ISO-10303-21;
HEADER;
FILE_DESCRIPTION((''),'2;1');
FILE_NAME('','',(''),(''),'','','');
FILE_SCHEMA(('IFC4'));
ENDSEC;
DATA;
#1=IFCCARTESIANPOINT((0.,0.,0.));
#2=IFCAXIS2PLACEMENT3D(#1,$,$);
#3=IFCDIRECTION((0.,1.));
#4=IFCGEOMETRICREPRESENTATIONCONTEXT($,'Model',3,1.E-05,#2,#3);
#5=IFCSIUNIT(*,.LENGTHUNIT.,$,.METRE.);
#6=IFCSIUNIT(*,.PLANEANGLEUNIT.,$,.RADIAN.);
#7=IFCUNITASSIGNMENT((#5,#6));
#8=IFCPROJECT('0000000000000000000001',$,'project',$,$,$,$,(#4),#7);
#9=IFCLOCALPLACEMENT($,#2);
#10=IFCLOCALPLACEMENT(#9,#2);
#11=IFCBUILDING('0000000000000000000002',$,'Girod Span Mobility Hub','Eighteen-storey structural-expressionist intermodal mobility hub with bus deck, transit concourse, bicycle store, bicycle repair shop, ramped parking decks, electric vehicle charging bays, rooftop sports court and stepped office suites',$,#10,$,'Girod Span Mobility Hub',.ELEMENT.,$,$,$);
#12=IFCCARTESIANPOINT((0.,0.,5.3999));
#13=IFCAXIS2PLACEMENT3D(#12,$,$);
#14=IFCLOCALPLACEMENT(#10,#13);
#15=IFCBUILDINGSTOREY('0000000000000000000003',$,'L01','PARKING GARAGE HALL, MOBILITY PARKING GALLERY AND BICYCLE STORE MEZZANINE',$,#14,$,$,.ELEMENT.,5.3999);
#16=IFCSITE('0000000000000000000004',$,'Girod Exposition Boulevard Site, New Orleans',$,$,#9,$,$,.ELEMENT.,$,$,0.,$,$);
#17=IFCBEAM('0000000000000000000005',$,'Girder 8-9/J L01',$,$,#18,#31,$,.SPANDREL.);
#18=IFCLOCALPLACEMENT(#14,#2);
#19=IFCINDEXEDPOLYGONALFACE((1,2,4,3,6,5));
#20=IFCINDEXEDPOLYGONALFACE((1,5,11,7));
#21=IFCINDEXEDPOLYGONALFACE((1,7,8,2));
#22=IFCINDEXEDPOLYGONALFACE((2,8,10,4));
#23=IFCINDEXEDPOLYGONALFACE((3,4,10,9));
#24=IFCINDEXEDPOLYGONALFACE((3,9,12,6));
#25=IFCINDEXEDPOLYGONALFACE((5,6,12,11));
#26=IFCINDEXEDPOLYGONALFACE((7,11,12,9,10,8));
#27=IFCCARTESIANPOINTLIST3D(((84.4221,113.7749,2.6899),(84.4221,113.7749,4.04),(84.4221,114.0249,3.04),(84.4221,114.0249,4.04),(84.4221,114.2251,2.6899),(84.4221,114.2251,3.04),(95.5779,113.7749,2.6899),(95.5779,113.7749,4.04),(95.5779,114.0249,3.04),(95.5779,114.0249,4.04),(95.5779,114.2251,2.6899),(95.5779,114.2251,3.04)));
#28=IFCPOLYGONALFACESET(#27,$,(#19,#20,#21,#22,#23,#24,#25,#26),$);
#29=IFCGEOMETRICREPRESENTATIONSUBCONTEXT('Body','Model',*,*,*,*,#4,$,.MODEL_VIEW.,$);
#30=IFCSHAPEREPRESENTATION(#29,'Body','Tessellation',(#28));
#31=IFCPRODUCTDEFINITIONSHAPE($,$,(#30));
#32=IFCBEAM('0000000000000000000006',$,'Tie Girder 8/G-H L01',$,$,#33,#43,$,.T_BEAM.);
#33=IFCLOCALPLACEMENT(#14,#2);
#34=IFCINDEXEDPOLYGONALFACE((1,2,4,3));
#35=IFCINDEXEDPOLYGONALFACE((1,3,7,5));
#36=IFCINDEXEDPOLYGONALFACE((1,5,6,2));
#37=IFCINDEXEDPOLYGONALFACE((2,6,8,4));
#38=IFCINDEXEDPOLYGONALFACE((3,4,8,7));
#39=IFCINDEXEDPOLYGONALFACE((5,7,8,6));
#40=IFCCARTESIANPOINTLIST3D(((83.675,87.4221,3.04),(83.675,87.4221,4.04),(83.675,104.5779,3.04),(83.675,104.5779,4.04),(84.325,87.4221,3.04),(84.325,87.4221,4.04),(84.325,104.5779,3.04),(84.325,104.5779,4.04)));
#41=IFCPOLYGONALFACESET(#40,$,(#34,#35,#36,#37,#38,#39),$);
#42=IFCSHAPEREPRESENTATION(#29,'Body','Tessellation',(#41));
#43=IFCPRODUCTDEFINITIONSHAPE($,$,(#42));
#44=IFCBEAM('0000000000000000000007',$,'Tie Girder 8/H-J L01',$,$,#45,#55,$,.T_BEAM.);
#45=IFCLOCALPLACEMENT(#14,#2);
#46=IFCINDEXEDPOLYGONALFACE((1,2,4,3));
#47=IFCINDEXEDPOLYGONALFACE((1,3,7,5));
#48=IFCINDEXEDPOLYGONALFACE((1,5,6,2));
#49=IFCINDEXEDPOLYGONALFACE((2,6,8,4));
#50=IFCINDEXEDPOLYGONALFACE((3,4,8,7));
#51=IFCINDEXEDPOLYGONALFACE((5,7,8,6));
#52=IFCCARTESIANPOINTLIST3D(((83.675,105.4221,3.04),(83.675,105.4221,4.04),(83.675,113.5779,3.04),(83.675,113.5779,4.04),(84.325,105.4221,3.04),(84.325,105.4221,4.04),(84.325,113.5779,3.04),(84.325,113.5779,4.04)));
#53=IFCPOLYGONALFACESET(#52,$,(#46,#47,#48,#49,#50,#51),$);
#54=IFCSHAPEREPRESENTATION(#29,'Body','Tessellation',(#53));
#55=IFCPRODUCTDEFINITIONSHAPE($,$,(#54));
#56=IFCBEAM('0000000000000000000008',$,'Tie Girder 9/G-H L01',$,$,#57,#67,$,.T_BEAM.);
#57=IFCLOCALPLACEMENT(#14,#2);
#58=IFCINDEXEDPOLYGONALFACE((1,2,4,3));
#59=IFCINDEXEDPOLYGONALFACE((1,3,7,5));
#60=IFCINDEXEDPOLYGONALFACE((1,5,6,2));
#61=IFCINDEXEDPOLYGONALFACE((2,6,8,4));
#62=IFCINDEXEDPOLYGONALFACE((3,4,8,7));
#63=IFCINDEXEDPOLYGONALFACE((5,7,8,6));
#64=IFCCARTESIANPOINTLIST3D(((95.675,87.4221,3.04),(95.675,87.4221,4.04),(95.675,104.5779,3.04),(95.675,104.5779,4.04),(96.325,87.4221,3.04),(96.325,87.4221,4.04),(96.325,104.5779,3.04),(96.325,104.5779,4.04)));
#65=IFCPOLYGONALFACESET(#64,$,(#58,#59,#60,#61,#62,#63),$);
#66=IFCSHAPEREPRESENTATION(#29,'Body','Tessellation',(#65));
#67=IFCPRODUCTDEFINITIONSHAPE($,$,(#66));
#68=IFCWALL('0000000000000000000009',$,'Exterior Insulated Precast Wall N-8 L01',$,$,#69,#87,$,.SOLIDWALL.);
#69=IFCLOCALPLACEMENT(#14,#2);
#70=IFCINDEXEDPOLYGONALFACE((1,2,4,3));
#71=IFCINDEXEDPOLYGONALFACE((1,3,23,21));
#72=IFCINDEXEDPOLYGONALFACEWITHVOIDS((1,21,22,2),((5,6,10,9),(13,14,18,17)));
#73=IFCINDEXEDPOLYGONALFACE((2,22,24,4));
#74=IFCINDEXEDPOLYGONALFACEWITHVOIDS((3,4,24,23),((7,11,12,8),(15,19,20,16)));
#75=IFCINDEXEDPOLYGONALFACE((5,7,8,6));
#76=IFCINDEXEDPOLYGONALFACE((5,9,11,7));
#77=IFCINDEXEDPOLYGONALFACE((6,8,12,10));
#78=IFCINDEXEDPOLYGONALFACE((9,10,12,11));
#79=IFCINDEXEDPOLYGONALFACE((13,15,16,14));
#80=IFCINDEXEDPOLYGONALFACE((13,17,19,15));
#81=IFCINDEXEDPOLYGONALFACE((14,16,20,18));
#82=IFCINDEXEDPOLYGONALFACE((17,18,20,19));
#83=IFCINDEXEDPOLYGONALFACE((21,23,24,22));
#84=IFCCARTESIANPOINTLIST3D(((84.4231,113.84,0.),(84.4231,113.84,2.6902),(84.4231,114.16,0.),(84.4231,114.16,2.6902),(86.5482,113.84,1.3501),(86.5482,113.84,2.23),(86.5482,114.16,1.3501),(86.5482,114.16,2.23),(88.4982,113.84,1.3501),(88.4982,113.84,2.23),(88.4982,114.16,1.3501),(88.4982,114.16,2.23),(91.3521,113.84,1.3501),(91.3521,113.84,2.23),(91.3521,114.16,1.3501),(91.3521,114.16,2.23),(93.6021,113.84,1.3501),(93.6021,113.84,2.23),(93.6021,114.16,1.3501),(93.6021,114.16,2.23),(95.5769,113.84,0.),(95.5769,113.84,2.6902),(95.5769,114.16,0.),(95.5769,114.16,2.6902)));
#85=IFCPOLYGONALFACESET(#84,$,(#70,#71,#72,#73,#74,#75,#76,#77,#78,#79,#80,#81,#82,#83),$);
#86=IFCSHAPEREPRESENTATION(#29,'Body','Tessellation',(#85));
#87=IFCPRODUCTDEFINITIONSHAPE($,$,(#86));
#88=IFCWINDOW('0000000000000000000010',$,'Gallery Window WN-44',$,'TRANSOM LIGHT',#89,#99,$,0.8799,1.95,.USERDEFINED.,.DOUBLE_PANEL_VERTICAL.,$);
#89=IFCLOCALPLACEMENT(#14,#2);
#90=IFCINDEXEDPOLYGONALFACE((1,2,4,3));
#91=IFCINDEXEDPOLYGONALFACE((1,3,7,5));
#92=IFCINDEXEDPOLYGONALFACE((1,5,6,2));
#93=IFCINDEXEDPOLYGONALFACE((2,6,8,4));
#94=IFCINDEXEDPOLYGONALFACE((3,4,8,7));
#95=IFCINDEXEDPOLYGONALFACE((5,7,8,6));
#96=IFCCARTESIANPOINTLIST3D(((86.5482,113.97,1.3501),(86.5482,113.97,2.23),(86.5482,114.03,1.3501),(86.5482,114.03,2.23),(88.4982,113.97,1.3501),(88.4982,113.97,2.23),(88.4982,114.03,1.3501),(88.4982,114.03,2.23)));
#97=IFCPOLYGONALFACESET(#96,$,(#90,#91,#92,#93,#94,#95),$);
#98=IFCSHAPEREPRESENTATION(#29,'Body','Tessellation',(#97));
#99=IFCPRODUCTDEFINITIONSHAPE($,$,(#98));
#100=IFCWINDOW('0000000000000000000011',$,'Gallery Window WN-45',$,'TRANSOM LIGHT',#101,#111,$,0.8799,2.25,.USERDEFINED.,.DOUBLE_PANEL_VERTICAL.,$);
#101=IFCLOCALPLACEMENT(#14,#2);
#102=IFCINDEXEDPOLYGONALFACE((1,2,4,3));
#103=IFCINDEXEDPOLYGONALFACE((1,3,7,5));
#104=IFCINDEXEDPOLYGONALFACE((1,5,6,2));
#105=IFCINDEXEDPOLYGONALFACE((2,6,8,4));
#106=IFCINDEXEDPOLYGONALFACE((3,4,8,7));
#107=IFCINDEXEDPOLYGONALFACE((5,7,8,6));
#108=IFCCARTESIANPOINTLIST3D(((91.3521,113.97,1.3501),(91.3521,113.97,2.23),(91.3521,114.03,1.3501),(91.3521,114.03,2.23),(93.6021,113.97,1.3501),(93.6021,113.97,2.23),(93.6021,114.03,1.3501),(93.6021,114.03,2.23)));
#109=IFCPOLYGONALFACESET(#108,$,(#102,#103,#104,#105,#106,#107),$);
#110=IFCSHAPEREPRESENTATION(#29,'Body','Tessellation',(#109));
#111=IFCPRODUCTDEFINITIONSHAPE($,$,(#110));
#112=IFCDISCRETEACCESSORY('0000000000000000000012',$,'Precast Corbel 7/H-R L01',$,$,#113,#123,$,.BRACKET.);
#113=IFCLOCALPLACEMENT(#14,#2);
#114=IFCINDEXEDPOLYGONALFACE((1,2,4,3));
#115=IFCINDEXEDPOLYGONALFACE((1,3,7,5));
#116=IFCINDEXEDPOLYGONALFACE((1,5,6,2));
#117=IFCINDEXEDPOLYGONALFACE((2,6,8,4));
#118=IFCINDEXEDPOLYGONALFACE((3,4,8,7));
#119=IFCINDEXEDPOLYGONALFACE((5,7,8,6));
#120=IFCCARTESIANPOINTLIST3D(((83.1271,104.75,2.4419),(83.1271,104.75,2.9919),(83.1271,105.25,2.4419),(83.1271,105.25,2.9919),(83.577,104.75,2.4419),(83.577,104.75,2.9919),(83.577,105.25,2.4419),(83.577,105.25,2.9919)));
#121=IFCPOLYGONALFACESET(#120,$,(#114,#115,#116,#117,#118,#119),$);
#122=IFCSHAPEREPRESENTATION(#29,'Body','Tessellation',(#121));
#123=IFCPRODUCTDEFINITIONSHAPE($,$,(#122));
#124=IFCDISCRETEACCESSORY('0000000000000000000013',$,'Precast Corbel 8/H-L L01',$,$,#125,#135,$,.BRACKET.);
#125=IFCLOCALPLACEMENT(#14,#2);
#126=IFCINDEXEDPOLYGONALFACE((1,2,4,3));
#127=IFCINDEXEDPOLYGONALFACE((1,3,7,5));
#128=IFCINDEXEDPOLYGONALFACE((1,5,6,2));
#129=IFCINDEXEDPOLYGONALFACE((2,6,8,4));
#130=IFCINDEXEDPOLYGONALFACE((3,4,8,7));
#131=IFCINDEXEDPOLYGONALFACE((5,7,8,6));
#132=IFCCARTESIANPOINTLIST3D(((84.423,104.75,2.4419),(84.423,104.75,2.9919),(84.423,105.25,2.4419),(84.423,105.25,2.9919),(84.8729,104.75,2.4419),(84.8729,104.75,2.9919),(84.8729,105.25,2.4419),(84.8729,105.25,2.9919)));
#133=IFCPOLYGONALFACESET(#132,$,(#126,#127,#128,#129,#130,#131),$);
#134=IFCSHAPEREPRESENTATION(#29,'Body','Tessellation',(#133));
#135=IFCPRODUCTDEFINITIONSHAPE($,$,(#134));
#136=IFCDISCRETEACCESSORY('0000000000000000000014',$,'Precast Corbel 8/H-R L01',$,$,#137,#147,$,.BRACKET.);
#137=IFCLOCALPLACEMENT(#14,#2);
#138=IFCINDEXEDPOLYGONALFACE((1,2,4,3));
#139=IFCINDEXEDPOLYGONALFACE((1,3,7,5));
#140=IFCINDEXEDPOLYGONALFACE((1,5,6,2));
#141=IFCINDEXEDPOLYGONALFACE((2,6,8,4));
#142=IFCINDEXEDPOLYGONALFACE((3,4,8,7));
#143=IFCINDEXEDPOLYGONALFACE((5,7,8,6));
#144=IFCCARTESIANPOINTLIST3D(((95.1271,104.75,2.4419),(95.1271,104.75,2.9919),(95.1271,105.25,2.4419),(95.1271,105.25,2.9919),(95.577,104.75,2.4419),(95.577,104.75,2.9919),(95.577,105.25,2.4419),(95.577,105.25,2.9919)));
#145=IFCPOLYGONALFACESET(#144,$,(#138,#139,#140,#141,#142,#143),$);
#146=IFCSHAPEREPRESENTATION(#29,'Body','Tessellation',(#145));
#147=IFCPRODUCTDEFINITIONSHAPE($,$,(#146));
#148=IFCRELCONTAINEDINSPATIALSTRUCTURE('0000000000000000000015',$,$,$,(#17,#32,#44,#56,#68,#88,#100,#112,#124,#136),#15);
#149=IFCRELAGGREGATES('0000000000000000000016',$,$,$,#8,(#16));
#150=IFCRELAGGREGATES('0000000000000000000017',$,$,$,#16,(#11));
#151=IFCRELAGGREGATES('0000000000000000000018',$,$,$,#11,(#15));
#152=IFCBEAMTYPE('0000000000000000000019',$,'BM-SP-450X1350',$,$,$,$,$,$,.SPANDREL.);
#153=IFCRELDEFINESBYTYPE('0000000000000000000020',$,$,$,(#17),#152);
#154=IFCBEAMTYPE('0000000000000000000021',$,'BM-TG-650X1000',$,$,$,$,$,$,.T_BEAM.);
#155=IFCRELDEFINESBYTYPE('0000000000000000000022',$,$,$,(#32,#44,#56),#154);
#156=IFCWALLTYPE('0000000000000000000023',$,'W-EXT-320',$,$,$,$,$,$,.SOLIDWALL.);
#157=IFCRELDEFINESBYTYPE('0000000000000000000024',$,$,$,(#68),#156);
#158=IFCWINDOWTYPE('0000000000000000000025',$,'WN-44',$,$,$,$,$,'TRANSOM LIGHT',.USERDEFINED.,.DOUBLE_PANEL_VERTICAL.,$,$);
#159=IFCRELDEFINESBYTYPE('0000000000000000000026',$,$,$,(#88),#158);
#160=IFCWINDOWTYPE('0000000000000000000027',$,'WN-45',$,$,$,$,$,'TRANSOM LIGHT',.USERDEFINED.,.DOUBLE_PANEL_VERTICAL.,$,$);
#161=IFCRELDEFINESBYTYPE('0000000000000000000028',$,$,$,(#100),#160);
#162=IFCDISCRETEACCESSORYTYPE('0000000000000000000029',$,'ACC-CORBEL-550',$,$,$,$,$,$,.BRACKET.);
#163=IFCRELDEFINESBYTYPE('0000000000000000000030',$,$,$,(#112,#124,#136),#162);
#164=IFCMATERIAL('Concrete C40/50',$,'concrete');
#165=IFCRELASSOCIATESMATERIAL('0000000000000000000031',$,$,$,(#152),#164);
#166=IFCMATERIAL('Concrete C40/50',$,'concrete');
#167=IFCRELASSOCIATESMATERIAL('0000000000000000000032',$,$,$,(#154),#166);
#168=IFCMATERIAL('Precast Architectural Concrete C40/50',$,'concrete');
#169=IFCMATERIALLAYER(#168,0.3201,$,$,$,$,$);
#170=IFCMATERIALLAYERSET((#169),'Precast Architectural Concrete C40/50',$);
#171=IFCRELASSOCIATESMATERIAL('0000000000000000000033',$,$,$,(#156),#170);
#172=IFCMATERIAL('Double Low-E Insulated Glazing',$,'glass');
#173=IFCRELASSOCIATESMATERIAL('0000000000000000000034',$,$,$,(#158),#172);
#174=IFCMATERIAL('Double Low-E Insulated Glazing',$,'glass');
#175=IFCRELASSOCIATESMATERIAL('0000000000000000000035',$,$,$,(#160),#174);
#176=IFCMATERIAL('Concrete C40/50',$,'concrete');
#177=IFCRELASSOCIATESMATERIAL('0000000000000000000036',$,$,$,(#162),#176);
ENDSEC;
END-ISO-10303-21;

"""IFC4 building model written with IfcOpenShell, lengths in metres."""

from ifc_helpers import new_model, si_unit, direction, frame, frame_2d, origin, origin_2d, place, context, subcontext, project, spatial, polyline, rectangle, outline, extrude, material, layer, layer_set, material_profile, profile_set, type_object, element, fill, save


model = new_model("IFC4")

# Units and contexts
model_context = context("Model", 3, precision=1e-05, world=origin(), true_north=direction((0.0, 1.0)))
body_context = subcontext(model_context, "Body", "Model", "MODEL_VIEW")
ifc_project = project(units=[si_unit("LENGTHUNIT", "METRE"), si_unit("PLANEANGLEUNIT", "RADIAN")], contexts=[model_context])

# Site, building, storey
site_placement = place(None, origin())
site = spatial("IfcSite", under=ifc_project, at=site_placement, Name="Girod Exposition Boulevard Site, New Orleans", CompositionType="ELEMENT", RefElevation=0.0)
building_placement = place(site_placement, origin())
building = spatial("IfcBuilding", under=site, at=building_placement, Name="Girod Span Mobility Hub", Description="Eighteen-storey structural-expressionist intermodal mobility hub with bus deck, transit concourse, bicycle store, bicycle repair shop, ramped parking decks, electric vehicle charging bays, rooftop sports court and stepped office suites", LongName="Girod Span Mobility Hub", CompositionType="ELEMENT")
storey_placement = place(building_placement, frame((0.0, 0.0, 5.3999)))
storey = spatial("IfcBuildingStorey", under=building, at=storey_placement, Name="L01", Description="PARKING GARAGE HALL, MOBILITY PARKING GALLERY AND BICYCLE STORE MEZZANINE", CompositionType="ELEMENT", Elevation=5.3999)

# Beams
ifc_material_1 = material(Name="Concrete C40/50", Category="concrete")
ifc_material_profile_1 = material_profile(ifc_material_1, outline(polyline([(-0.2251, -0.675), (0.2251, -0.675), (0.2251, -0.325), (0.0249, -0.325), (0.0249, 0.675), (-0.2251, 0.675), (-0.2251, -0.675)])), Name="SP-450X1350")
ifc_profile_set_1 = profile_set([ifc_material_profile_1], Name="Concrete C40/50")
beam_type_1 = type_object("IfcBeamType", Name="BM-SP-450X1350", PredefinedType="SPANDREL", material=ifc_profile_set_1)
beam_1_placement = place(storey_placement, frame((84.4221, 114.0, 3.365), z_axis=(1.0, 0.0, 0.0), x_axis=(0.0, 1.0, 0.0)))
element("IfcBeam", 1, at=beam_1_placement, inside=storey, type_object=beam_type_1, Name="Girder 8-9/J L01", PredefinedType="SPANDREL", context=body_context, shape_type="SweptSolid", body=[
    extrude(outline(polyline([(-0.2251, -0.675), (0.2251, -0.675), (0.2251, -0.325), (0.0249, -0.325), (0.0249, 0.675), (-0.2251, 0.675), (-0.2251, -0.675)])), origin(), (0.0, 0.0, 1.0), 11.1558),
])
ifc_material_2 = material(Name="Concrete C40/50", Category="concrete")
ifc_material_profile_2 = material_profile(ifc_material_2, rectangle(XDim=0.6499, YDim=1.0, at=origin_2d()), Name="TG-650X1000")
ifc_profile_set_2 = profile_set([ifc_material_profile_2], Name="Concrete C40/50")
beam_type_2 = type_object("IfcBeamType", Name="BM-TG-650X1000", PredefinedType="T_BEAM", material=ifc_profile_set_2)
beam_2_placement = place(storey_placement, frame((84.0, 87.4221, 3.54), z_axis=(0.0, 1.0, 0.0), x_axis=(-1.0, 0.0, 0.0)))
element("IfcBeam", 2, at=beam_2_placement, inside=storey, type_object=beam_type_2, Name="Tie Girder 8/G-H L01", PredefinedType="T_BEAM", context=body_context, shape_type="SweptSolid", body=[
    extrude(rectangle(XDim=0.6499, YDim=1.0, at=origin_2d()), origin(), (0.0, 0.0, 1.0), 17.1558),
])
beam_3_placement = place(storey_placement, frame((84.0, 105.4221, 3.54), z_axis=(0.0, 1.0, 0.0), x_axis=(-1.0, 0.0, 0.0)))
element("IfcBeam", 3, at=beam_3_placement, inside=storey, type_object=beam_type_2, Name="Tie Girder 8/H-J L01", PredefinedType="T_BEAM", context=body_context, shape_type="SweptSolid", body=[
    extrude(rectangle(XDim=0.6499, YDim=1.0, at=origin_2d()), origin(), (0.0, 0.0, 1.0), 8.1558),
])
beam_4_placement = place(storey_placement, frame((96.0, 87.4221, 3.54), z_axis=(0.0, 1.0, 0.0), x_axis=(-1.0, 0.0, 0.0)))
element("IfcBeam", 4, at=beam_4_placement, inside=storey, type_object=beam_type_2, Name="Tie Girder 9/G-H L01", PredefinedType="T_BEAM", context=body_context, shape_type="SweptSolid", body=[
    extrude(rectangle(XDim=0.6499, YDim=1.0, at=origin_2d()), origin(), (0.0, 0.0, 1.0), 17.1558),
])

# Wall, openings, windows
ifc_material_3 = material(Name="Precast Architectural Concrete C40/50", Category="concrete")
ifc_layer = layer(ifc_material_3, 0.3201)
ifc_layer_set = layer_set([ifc_layer], Name="Precast Architectural Concrete C40/50")
wall_type = type_object("IfcWallType", Name="W-EXT-320", PredefinedType="SOLIDWALL", material=ifc_layer_set)
wall_placement = place(storey_placement, frame((84.4231, 114.0, 0.0), z_axis=(0.0, 0.0, 1.0), x_axis=(1.0, 0.0, 0.0)))
wall = element("IfcWall", 5, at=wall_placement, inside=storey, type_object=wall_type, Name="Exterior Insulated Precast Wall N-8 L01", PredefinedType="SOLIDWALL", context=body_context, shape_type="SweptSolid", body=[
    extrude(rectangle(XDim=11.1538, YDim=0.3201, at=frame_2d((5.5769, 0.0))), origin(), (0.0, 0.0, 1.0), 2.6902),
])
opening_1_placement = place(wall_placement, frame((2.125, 0.0, 1.3501)))
opening_1 = element("IfcOpeningElement", 6, at=opening_1_placement, cuts=wall, PredefinedType="OPENING", context=body_context, shape_type="SweptSolid", body=[
    extrude(rectangle(XDim=1.95, YDim=0.8799, at=frame_2d((0.9751, 0.4399))), frame((0.0, 0.175, 0.0), z_axis=(0.0, -1.0, 0.0), x_axis=(1.0, 0.0, 0.0)), (0.0, 0.0, 1.0), 0.3501),
])
opening_2_placement = place(wall_placement, frame((6.929, 0.0, 1.3501)))
opening_2 = element("IfcOpeningElement", 7, at=opening_2_placement, cuts=wall, PredefinedType="OPENING", context=body_context, shape_type="SweptSolid", body=[
    extrude(rectangle(XDim=2.25, YDim=0.8799, at=frame_2d((1.125, 0.4399))), frame((0.0, 0.175, 0.0), z_axis=(0.0, -1.0, 0.0), x_axis=(1.0, 0.0, 0.0)), (0.0, 0.0, 1.0), 0.3501),
])
ifc_material_4 = material(Name="Double Low-E Insulated Glazing", Category="glass")
window_type_1 = type_object("IfcWindowType", Name="WN-44", ElementType="TRANSOM LIGHT", PartitioningType="DOUBLE_PANEL_VERTICAL", PredefinedType="USERDEFINED", material=ifc_material_4)
window_1_placement = place(opening_1_placement, origin())
window_1 = element("IfcWindow", 8, at=window_1_placement, inside=storey, type_object=window_type_1, Name="Gallery Window WN-44", ObjectType="TRANSOM LIGHT", OverallHeight=0.8799, OverallWidth=1.95, PartitioningType="DOUBLE_PANEL_VERTICAL", PredefinedType="USERDEFINED", context=body_context, shape_type="SweptSolid", body=[
    extrude(rectangle(XDim=1.95, YDim=0.8799, at=frame_2d((0.9751, 0.4399))), frame((0.0, 0.03, 0.0), z_axis=(0.0, -1.0, 0.0), x_axis=(1.0, 0.0, 0.0)), (0.0, 0.0, 1.0), 0.0601),
])
fill(opening_1, window_1)
ifc_material_5 = material(Name="Double Low-E Insulated Glazing", Category="glass")
window_type_2 = type_object("IfcWindowType", Name="WN-45", ElementType="TRANSOM LIGHT", PartitioningType="DOUBLE_PANEL_VERTICAL", PredefinedType="USERDEFINED", material=ifc_material_5)
window_2_placement = place(opening_2_placement, origin())
window_2 = element("IfcWindow", 9, at=window_2_placement, inside=storey, type_object=window_type_2, Name="Gallery Window WN-45", ObjectType="TRANSOM LIGHT", OverallHeight=0.8799, OverallWidth=2.25, PartitioningType="DOUBLE_PANEL_VERTICAL", PredefinedType="USERDEFINED", context=body_context, shape_type="SweptSolid", body=[
    extrude(rectangle(XDim=2.25, YDim=0.8799, at=frame_2d((1.125, 0.4399))), frame((0.0, 0.03, 0.0), z_axis=(0.0, -1.0, 0.0), x_axis=(1.0, 0.0, 0.0)), (0.0, 0.0, 1.0), 0.0601),
])
fill(opening_2, window_2)

# Discrete accessories
ifc_material_6 = material(Name="Concrete C40/50", Category="concrete")
discrete_accessory_type = type_object("IfcDiscreteAccessoryType", Name="ACC-CORBEL-550", PredefinedType="BRACKET", material=ifc_material_6)
for number, where, z_axis, x_axis, name in (
    (10, (83.3521, 105.0, 2.4419), (0.0, 0.0, 1.0), (1.0, 0.0, 0.0), "Precast Corbel 7/H-R L01"),
    (11, (84.6479, 105.0, 2.4419), (0.0, 0.0, 1.0), (1.0, 0.0, 0.0), "Precast Corbel 8/H-L L01"),
    (12, (95.3521, 105.0, 2.4419), (0.0, 0.0, 1.0), (1.0, 0.0, 0.0), "Precast Corbel 8/H-R L01"),
):
    element("IfcDiscreteAccessory", number, at=place(storey_placement, frame(where, z_axis=z_axis, x_axis=x_axis)), inside=storey, type_object=discrete_accessory_type, Name=name, PredefinedType="BRACKET", context=body_context, shape_type="SweptSolid", body=[
        extrude(rectangle(XDim=0.45, YDim=0.5, at=origin_2d()), origin(), (0.0, 0.0, 1.0), 0.55),
    ])

save(model, "model.ifc")
